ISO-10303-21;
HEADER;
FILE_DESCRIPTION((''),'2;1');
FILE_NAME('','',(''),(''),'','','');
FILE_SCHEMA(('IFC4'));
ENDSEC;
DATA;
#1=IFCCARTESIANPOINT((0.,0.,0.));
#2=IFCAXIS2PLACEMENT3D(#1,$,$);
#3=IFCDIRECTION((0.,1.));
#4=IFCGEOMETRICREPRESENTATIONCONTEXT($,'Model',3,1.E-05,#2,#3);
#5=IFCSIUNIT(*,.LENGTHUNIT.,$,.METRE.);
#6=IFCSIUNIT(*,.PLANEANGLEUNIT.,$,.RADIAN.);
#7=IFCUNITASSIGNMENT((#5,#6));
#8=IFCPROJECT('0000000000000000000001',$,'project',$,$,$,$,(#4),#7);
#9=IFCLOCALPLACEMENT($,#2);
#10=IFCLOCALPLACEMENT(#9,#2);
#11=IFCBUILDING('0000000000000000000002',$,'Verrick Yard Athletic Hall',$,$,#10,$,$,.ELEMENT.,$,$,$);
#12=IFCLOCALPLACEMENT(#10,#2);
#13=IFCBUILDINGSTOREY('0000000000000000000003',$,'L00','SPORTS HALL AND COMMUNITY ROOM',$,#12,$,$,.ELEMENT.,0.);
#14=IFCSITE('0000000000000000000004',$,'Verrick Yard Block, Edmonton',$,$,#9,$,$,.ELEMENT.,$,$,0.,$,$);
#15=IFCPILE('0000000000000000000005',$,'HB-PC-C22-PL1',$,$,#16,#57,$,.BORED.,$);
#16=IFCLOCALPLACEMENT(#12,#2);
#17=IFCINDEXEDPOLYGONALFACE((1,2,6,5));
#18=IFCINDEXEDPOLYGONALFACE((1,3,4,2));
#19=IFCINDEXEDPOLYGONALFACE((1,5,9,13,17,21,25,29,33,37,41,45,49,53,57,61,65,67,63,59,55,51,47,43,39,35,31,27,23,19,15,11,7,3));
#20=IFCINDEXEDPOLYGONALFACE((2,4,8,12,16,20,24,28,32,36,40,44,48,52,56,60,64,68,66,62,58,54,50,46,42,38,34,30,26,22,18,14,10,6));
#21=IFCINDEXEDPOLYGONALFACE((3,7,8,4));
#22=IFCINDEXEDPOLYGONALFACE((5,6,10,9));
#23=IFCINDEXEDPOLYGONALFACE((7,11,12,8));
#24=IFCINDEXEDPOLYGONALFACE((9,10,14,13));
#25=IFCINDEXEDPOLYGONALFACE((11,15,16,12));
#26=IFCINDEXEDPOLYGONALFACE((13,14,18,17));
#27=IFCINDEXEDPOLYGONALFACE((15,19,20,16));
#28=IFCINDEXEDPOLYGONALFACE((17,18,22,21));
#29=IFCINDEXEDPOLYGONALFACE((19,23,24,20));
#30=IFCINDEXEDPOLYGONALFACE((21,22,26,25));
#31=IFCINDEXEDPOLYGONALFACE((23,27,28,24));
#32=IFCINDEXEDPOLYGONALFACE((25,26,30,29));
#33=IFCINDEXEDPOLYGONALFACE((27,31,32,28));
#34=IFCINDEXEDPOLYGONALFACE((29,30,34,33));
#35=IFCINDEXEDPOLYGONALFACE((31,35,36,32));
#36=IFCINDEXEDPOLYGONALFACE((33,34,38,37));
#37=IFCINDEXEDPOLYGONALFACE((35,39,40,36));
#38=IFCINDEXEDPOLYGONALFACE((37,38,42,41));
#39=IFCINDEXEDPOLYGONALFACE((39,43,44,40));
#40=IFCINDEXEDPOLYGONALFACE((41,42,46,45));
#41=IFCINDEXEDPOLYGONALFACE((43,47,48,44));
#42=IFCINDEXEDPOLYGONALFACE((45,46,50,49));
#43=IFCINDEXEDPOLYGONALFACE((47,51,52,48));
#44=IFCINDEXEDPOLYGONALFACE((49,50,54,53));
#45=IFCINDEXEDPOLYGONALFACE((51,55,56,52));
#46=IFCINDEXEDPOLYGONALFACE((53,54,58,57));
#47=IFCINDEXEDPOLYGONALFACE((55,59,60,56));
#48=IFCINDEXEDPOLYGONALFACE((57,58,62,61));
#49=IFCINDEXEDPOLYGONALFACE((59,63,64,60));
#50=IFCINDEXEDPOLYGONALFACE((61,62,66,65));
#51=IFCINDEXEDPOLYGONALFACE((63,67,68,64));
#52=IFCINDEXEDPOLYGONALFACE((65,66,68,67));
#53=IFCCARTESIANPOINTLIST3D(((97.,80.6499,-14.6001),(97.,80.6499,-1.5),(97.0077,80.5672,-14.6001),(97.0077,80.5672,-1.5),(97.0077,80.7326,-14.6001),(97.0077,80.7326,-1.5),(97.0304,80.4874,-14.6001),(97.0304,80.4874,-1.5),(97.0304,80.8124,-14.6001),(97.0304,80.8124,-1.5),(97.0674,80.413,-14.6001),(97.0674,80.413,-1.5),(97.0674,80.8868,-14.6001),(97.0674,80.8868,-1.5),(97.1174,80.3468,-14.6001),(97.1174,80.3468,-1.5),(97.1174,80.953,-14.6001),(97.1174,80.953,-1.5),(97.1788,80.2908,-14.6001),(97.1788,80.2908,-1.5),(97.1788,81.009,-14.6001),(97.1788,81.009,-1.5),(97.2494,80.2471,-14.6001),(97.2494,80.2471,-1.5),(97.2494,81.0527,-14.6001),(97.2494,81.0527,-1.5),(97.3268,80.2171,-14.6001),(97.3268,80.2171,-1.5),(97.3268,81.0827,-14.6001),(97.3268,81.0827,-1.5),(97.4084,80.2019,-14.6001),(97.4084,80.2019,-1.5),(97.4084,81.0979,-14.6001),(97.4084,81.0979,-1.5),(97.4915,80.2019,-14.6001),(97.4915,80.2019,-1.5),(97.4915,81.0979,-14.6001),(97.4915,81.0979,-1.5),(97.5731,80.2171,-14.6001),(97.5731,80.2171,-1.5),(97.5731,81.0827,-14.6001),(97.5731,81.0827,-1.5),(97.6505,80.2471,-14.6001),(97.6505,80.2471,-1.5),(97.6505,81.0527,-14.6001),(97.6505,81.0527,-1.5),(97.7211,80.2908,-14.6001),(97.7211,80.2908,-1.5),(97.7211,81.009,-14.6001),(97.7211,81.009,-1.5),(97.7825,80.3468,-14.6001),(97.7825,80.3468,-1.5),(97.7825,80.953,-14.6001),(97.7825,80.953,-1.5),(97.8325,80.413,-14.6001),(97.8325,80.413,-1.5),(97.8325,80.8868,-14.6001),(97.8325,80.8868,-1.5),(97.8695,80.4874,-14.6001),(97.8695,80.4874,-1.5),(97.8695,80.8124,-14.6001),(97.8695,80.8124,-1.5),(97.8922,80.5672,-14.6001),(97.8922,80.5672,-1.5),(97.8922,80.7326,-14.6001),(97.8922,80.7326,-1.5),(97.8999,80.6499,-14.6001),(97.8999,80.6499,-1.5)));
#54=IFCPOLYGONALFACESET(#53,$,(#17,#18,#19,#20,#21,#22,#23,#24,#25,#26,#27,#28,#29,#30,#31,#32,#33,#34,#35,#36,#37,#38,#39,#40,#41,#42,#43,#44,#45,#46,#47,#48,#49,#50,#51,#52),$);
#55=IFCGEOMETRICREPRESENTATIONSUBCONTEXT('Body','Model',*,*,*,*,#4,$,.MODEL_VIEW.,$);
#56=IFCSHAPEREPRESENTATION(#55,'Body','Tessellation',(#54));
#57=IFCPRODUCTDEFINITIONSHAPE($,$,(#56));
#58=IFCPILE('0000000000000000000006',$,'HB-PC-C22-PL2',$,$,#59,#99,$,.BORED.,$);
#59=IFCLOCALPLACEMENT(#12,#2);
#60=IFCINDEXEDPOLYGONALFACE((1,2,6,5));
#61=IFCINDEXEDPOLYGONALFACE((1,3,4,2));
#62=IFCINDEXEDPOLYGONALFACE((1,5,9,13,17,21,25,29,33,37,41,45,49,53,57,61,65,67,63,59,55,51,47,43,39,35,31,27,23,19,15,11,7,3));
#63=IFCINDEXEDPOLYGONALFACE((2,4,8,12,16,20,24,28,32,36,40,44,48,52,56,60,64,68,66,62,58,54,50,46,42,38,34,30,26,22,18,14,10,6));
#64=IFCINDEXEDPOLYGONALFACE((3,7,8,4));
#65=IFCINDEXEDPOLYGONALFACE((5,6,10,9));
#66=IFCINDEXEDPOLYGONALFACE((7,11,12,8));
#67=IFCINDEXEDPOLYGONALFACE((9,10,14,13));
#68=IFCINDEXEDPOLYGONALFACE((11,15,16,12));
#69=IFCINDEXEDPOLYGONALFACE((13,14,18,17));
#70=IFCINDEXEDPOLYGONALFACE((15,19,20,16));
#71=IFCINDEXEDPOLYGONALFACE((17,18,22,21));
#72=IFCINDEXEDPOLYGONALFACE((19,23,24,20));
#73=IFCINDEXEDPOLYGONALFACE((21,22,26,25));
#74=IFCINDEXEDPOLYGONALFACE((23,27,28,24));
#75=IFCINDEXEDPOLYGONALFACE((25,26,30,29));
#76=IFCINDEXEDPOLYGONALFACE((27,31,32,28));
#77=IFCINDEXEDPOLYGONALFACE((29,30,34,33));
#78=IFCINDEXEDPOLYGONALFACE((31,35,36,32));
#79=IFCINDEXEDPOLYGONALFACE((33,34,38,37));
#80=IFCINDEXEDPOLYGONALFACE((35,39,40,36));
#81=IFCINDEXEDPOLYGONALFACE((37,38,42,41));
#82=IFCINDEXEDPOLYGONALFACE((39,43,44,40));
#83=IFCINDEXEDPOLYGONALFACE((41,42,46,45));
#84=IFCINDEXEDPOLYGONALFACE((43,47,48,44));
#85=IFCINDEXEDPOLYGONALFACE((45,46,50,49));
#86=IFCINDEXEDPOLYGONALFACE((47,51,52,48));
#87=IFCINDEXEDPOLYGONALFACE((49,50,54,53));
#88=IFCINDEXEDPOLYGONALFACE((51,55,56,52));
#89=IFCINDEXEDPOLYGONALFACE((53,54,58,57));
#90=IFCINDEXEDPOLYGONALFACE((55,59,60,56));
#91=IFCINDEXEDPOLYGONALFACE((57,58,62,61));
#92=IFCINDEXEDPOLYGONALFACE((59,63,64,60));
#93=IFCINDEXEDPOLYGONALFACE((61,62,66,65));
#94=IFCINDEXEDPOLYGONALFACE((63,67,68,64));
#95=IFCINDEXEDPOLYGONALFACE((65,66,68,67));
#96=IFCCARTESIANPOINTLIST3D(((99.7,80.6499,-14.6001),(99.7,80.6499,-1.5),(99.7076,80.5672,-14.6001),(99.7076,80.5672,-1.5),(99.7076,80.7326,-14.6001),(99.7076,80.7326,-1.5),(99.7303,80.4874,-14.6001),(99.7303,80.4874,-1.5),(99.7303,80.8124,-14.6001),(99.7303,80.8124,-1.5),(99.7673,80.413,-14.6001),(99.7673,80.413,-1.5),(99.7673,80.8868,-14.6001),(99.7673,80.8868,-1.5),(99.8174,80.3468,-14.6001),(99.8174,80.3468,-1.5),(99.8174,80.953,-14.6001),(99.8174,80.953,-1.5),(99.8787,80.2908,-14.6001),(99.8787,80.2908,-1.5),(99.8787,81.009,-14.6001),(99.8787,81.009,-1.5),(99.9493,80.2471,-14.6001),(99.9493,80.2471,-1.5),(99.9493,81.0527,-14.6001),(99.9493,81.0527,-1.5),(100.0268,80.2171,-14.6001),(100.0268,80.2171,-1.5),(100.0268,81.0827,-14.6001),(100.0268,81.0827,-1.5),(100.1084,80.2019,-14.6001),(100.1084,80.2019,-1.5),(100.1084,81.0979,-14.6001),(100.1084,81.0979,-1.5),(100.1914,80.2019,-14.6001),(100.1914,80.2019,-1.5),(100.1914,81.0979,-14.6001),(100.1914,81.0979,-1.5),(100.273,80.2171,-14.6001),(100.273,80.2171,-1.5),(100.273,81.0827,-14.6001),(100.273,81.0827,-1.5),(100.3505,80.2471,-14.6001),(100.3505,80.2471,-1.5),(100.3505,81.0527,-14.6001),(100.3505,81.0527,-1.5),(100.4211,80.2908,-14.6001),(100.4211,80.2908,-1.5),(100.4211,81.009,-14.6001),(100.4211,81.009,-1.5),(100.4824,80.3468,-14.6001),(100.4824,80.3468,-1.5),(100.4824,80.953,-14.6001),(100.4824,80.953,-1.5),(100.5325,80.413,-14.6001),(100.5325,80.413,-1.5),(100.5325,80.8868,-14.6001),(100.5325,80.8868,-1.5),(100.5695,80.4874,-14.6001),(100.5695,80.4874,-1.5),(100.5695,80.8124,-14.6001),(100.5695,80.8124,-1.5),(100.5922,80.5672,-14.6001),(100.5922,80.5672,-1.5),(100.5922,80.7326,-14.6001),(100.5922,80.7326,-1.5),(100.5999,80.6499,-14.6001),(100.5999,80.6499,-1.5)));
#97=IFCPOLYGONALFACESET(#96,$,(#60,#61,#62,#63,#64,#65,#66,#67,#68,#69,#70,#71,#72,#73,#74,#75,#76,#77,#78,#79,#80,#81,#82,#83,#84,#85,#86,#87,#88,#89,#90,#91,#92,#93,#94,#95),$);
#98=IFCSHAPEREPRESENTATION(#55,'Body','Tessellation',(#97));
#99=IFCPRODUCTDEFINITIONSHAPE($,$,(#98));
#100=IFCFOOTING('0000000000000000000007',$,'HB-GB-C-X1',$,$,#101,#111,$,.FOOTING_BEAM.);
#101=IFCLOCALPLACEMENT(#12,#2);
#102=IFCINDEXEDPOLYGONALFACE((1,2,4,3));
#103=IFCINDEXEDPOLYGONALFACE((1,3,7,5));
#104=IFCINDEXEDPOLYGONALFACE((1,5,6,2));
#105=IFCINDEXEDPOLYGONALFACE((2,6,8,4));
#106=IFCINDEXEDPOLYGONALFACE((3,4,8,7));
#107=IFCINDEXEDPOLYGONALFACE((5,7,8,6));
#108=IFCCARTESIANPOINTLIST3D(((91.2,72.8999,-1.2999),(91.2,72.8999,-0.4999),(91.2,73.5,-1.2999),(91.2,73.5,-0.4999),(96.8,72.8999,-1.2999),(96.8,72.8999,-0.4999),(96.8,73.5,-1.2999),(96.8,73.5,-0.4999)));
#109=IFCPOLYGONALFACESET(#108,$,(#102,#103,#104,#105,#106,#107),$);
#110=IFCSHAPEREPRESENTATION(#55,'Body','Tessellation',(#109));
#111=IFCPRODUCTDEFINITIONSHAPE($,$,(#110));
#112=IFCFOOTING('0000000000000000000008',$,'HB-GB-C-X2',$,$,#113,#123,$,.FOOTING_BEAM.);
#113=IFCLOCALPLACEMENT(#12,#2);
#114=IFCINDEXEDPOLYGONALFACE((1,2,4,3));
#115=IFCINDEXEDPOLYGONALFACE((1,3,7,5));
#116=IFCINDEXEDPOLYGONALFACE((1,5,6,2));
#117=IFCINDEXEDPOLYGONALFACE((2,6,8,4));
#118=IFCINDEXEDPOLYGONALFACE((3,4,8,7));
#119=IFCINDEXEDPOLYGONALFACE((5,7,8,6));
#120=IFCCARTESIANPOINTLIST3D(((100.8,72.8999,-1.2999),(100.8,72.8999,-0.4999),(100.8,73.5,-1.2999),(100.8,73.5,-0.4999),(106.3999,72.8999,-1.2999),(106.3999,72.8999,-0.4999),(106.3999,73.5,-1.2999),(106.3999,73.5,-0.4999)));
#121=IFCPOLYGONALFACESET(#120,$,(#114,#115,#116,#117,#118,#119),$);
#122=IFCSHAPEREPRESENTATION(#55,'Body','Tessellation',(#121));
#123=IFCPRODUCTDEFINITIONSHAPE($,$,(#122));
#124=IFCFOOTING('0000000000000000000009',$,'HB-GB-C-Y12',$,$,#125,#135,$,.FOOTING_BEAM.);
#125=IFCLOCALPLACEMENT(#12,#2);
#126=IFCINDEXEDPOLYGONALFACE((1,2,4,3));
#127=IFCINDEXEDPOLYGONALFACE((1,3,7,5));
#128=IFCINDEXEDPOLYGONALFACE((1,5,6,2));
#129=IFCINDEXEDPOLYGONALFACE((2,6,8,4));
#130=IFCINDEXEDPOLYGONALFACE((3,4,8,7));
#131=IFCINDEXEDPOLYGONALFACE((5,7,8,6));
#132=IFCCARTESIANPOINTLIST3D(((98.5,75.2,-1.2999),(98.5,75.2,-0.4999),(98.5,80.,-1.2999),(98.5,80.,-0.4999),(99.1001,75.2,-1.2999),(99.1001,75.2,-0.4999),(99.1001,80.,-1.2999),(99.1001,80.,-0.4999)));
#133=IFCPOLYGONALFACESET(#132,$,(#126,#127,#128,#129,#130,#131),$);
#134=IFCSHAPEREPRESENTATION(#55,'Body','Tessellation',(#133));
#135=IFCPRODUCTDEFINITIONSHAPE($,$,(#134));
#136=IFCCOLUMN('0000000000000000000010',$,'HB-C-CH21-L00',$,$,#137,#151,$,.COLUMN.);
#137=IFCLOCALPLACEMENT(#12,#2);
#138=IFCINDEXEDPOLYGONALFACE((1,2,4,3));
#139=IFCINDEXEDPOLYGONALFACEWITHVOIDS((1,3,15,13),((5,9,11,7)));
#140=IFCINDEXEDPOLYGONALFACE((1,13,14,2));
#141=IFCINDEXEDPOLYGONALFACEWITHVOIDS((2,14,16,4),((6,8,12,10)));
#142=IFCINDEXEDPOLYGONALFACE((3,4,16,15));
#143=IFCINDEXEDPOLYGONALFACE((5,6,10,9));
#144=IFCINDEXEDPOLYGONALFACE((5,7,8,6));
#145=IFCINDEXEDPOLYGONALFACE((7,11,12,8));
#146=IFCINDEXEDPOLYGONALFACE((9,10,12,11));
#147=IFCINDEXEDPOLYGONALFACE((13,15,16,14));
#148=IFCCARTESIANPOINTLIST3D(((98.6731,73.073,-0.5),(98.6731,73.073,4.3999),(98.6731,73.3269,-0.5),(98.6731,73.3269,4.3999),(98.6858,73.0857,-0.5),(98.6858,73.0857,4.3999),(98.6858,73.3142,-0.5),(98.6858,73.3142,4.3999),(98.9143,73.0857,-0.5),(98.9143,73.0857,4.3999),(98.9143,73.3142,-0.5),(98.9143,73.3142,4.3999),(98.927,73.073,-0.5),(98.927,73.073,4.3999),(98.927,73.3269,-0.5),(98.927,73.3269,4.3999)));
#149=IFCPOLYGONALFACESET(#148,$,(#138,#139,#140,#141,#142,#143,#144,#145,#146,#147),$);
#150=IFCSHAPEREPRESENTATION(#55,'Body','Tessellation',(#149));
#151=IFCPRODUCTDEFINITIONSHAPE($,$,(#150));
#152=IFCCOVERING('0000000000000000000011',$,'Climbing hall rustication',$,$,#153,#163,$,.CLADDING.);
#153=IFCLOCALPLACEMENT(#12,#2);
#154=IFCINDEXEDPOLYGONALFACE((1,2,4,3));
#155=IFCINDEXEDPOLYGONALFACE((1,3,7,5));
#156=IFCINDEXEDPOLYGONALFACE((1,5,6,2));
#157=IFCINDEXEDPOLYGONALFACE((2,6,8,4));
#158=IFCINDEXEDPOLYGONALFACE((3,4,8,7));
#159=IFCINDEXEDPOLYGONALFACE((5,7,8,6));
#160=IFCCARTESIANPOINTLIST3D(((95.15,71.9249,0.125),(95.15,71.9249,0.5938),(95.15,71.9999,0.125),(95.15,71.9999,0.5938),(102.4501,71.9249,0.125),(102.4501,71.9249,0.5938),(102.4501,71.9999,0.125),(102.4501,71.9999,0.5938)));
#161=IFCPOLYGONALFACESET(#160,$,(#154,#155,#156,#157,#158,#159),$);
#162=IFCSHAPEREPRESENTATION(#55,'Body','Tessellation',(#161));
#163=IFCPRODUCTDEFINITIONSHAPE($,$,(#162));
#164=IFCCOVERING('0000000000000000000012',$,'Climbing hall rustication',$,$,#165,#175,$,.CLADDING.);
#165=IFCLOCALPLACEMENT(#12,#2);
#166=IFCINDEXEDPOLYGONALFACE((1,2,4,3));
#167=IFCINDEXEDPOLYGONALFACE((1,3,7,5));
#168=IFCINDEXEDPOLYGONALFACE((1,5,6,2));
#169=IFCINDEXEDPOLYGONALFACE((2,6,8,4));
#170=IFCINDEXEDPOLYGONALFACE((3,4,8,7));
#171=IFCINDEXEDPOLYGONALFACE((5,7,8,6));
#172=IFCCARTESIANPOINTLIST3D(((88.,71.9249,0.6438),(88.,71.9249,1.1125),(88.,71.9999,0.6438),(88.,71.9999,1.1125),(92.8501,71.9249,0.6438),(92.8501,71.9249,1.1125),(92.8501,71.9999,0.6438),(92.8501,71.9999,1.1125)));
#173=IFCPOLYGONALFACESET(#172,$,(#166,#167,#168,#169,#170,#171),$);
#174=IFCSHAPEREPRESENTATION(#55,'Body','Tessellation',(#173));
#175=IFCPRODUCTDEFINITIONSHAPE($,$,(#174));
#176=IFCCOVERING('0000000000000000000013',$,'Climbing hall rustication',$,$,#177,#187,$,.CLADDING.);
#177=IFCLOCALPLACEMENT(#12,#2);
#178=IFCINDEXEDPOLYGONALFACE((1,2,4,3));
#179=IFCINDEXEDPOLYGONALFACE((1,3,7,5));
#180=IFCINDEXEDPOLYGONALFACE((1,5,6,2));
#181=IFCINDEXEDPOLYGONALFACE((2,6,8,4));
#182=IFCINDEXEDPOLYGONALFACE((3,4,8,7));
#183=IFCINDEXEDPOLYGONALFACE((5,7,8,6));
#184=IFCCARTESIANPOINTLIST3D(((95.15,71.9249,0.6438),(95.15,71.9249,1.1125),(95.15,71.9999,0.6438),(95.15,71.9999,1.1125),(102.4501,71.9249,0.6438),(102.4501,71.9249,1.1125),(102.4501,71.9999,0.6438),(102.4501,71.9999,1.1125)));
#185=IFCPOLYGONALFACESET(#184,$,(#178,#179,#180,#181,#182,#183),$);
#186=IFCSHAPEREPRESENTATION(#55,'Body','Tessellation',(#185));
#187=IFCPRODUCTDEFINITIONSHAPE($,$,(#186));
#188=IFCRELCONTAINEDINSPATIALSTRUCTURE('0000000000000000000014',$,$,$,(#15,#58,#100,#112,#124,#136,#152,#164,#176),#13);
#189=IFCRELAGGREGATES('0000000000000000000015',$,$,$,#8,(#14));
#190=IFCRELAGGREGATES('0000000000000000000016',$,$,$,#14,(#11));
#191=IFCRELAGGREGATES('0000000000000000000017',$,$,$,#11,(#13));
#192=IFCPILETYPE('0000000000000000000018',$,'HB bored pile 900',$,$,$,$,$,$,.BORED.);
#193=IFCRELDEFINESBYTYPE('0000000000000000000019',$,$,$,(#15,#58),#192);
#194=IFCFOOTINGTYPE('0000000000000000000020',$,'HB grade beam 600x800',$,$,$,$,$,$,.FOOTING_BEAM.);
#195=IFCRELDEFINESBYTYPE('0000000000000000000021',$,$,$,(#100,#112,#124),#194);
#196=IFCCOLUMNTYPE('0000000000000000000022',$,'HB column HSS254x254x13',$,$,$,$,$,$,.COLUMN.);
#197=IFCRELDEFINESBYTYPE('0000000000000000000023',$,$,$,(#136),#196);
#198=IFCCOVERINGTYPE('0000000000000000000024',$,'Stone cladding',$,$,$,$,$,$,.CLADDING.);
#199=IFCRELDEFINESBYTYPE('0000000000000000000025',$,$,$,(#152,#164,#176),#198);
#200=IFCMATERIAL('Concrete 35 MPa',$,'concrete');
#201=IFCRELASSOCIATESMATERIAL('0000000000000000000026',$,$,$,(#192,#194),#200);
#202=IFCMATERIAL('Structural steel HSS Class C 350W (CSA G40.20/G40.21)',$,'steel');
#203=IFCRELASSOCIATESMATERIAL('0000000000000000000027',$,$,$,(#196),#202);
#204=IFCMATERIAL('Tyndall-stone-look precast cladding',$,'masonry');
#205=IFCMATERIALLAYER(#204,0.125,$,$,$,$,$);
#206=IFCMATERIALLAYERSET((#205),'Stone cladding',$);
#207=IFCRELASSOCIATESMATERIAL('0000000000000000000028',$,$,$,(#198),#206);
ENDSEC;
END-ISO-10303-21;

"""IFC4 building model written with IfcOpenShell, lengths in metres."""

from ifc_helpers import new_model, si_unit, direction, frame, origin, origin_2d, place, context, subcontext, project, spatial, rectangle, hollow_rectangle, circle, extrude, material, layer, layer_set, material_profile, profile_set, type_object, element, save


model = new_model("IFC4")

# Units and contexts
model_context = context("Model", 3, precision=1e-05, world=origin(), true_north=direction((0.0, 1.0)))
body_context = subcontext(model_context, "Body", "Model", "MODEL_VIEW")
ifc_project = project(units=[si_unit("LENGTHUNIT", "METRE"), si_unit("PLANEANGLEUNIT", "RADIAN")], contexts=[model_context])

# Site, building, storey
site_placement = place(None, origin())
site = spatial("IfcSite", under=ifc_project, at=site_placement, Name="Verrick Yard Block, Edmonton", CompositionType="ELEMENT", RefElevation=0.0)
building_placement = place(site_placement, origin())
building = spatial("IfcBuilding", under=site, at=building_placement, Name="Verrick Yard Athletic Hall", CompositionType="ELEMENT")
storey_placement = place(building_placement, origin())
storey = spatial("IfcBuildingStorey", under=building, at=storey_placement, Name="L00", Description="SPORTS HALL AND COMMUNITY ROOM", CompositionType="ELEMENT", Elevation=0.0)

# Piles
ifc_material_1 = material(Name="Concrete 35 MPa", Category="concrete")
ifc_material_profile_1 = material_profile(ifc_material_1, circle(Radius=0.45, at=origin_2d()), Name="Bored pile 900")
ifc_profile_set_1 = profile_set([ifc_material_profile_1], Name="Concrete 35 MPa")
pile_type = type_object("IfcPileType", Name="HB bored pile 900", PredefinedType="BORED", material=ifc_profile_set_1)
for number, where, z_axis, x_axis, name in (
    (1, (97.45, 80.6499, -1.5), (0.0, 0.0, -1.0), (1.0, 0.0, 0.0), "HB-PC-C22-PL1"),
    (2, (100.1499, 80.6499, -1.5), (0.0, 0.0, -1.0), (1.0, 0.0, 0.0), "HB-PC-C22-PL2"),
):
    element("IfcPile", number, at=place(storey_placement, frame(where, z_axis=z_axis, x_axis=x_axis)), inside=storey, type_object=pile_type, Name=name, PredefinedType="BORED", context=body_context, shape_type="SweptSolid", body=[
        extrude(circle(Radius=0.45, at=origin_2d()), origin(), (0.0, 0.0, 1.0), 13.1001),
    ])

# Footings
ifc_material_profile_2 = material_profile(ifc_material_1, rectangle(XDim=0.6001, YDim=0.8, at=origin_2d()), Name="Grade beam 600x800")
ifc_profile_set_2 = profile_set([ifc_material_profile_2], Name="Concrete 35 MPa")
footing_type = type_object("IfcFootingType", Name="HB grade beam 600x800", PredefinedType="FOOTING_BEAM", material=ifc_profile_set_2)
footing_1_placement = place(storey_placement, frame((91.2, 73.2, -0.8999), z_axis=(1.0, 0.0, 0.0), x_axis=(0.0, 1.0, 0.0)))
element("IfcFooting", 3, at=footing_1_placement, inside=storey, type_object=footing_type, Name="HB-GB-C-X1", PredefinedType="FOOTING_BEAM", context=body_context, shape_type="SweptSolid", body=[
    extrude(rectangle(XDim=0.6001, YDim=0.8, at=origin_2d()), origin(), (0.0, 0.0, 1.0), 5.6001),
])
footing_2_placement = place(storey_placement, frame((100.8, 73.2, -0.8999), z_axis=(1.0, 0.0, 0.0), x_axis=(0.0, 1.0, 0.0)))
element("IfcFooting", 4, at=footing_2_placement, inside=storey, type_object=footing_type, Name="HB-GB-C-X2", PredefinedType="FOOTING_BEAM", context=body_context, shape_type="SweptSolid", body=[
    extrude(rectangle(XDim=0.6001, YDim=0.8, at=origin_2d()), origin(), (0.0, 0.0, 1.0), 5.5999),
])
footing_3_placement = place(storey_placement, frame((98.8, 75.2, -0.8999), z_axis=(0.0, 1.0, 0.0), x_axis=(-1.0, 0.0, 0.0)))
element("IfcFooting", 5, at=footing_3_placement, inside=storey, type_object=footing_type, Name="HB-GB-C-Y12", PredefinedType="FOOTING_BEAM", context=body_context, shape_type="SweptSolid", body=[
    extrude(rectangle(XDim=0.6001, YDim=0.8, at=origin_2d()), origin(), (0.0, 0.0, 1.0), 4.8),
])

# Column
ifc_material_2 = material(Name="Structural steel HSS Class C 350W (CSA G40.20/G40.21)", Category="steel")
ifc_material_profile_3 = material_profile(ifc_material_2, hollow_rectangle(XDim=0.2539, YDim=0.2539, WallThickness=0.0127, at=origin_2d()), Name="HSS254x254x13")
ifc_profile_set_3 = profile_set([ifc_material_profile_3], Name="Structural steel HSS Class C 350W (CSA G40.20/G40.21)")
column_type = type_object("IfcColumnType", Name="HB column HSS254x254x13", PredefinedType="COLUMN", material=ifc_profile_set_3)
column_placement = place(storey_placement, frame((98.8, 73.2, -0.5), z_axis=(0.0, 0.0, 1.0), x_axis=(1.0, 0.0, 0.0)))
element("IfcColumn", 6, at=column_placement, inside=storey, type_object=column_type, Name="HB-C-CH21-L00", PredefinedType="COLUMN", context=body_context, shape_type="SweptSolid", body=[
    extrude(hollow_rectangle(XDim=0.2539, YDim=0.2539, WallThickness=0.0127, at=origin_2d()), origin(), (0.0, 0.0, 1.0), 4.8999),
])

# Coverings
ifc_material_3 = material(Name="Tyndall-stone-look precast cladding", Category="masonry")
ifc_layer = layer(ifc_material_3, 0.125)
ifc_layer_set = layer_set([ifc_layer], Name="Stone cladding")
covering_type = type_object("IfcCoveringType", Name="Stone cladding", PredefinedType="CLADDING", material=ifc_layer_set)
covering_1_placement = place(storey_placement, frame((98.8, 71.9624, 0.125), z_axis=(0.0, 0.0, 1.0), x_axis=(1.0, 0.0, 0.0)))
element("IfcCovering", 7, at=covering_1_placement, inside=storey, type_object=covering_type, Name="Climbing hall rustication", PredefinedType="CLADDING", context=body_context, shape_type="SweptSolid", body=[
    extrude(rectangle(XDim=7.3, YDim=0.075, at=origin_2d()), origin(), (0.0, 0.0, 1.0), 0.4688),
])
covering_2_placement = place(storey_placement, frame((90.425, 71.9624, 0.6438), z_axis=(0.0, 0.0, 1.0), x_axis=(1.0, 0.0, 0.0)))
element("IfcCovering", 8, at=covering_2_placement, inside=storey, type_object=covering_type, Name="Climbing hall rustication", PredefinedType="CLADDING", context=body_context, shape_type="SweptSolid", body=[
    extrude(rectangle(XDim=4.8501, YDim=0.075, at=origin_2d()), origin(), (0.0, 0.0, 1.0), 0.4688),
])
covering_3_placement = place(storey_placement, frame((98.8, 71.9624, 0.6438), z_axis=(0.0, 0.0, 1.0), x_axis=(1.0, 0.0, 0.0)))
element("IfcCovering", 9, at=covering_3_placement, inside=storey, type_object=covering_type, Name="Climbing hall rustication", PredefinedType="CLADDING", context=body_context, shape_type="SweptSolid", body=[
    extrude(rectangle(XDim=7.3, YDim=0.075, at=origin_2d()), origin(), (0.0, 0.0, 1.0), 0.4688),
])

save(model, "model.ifc")
